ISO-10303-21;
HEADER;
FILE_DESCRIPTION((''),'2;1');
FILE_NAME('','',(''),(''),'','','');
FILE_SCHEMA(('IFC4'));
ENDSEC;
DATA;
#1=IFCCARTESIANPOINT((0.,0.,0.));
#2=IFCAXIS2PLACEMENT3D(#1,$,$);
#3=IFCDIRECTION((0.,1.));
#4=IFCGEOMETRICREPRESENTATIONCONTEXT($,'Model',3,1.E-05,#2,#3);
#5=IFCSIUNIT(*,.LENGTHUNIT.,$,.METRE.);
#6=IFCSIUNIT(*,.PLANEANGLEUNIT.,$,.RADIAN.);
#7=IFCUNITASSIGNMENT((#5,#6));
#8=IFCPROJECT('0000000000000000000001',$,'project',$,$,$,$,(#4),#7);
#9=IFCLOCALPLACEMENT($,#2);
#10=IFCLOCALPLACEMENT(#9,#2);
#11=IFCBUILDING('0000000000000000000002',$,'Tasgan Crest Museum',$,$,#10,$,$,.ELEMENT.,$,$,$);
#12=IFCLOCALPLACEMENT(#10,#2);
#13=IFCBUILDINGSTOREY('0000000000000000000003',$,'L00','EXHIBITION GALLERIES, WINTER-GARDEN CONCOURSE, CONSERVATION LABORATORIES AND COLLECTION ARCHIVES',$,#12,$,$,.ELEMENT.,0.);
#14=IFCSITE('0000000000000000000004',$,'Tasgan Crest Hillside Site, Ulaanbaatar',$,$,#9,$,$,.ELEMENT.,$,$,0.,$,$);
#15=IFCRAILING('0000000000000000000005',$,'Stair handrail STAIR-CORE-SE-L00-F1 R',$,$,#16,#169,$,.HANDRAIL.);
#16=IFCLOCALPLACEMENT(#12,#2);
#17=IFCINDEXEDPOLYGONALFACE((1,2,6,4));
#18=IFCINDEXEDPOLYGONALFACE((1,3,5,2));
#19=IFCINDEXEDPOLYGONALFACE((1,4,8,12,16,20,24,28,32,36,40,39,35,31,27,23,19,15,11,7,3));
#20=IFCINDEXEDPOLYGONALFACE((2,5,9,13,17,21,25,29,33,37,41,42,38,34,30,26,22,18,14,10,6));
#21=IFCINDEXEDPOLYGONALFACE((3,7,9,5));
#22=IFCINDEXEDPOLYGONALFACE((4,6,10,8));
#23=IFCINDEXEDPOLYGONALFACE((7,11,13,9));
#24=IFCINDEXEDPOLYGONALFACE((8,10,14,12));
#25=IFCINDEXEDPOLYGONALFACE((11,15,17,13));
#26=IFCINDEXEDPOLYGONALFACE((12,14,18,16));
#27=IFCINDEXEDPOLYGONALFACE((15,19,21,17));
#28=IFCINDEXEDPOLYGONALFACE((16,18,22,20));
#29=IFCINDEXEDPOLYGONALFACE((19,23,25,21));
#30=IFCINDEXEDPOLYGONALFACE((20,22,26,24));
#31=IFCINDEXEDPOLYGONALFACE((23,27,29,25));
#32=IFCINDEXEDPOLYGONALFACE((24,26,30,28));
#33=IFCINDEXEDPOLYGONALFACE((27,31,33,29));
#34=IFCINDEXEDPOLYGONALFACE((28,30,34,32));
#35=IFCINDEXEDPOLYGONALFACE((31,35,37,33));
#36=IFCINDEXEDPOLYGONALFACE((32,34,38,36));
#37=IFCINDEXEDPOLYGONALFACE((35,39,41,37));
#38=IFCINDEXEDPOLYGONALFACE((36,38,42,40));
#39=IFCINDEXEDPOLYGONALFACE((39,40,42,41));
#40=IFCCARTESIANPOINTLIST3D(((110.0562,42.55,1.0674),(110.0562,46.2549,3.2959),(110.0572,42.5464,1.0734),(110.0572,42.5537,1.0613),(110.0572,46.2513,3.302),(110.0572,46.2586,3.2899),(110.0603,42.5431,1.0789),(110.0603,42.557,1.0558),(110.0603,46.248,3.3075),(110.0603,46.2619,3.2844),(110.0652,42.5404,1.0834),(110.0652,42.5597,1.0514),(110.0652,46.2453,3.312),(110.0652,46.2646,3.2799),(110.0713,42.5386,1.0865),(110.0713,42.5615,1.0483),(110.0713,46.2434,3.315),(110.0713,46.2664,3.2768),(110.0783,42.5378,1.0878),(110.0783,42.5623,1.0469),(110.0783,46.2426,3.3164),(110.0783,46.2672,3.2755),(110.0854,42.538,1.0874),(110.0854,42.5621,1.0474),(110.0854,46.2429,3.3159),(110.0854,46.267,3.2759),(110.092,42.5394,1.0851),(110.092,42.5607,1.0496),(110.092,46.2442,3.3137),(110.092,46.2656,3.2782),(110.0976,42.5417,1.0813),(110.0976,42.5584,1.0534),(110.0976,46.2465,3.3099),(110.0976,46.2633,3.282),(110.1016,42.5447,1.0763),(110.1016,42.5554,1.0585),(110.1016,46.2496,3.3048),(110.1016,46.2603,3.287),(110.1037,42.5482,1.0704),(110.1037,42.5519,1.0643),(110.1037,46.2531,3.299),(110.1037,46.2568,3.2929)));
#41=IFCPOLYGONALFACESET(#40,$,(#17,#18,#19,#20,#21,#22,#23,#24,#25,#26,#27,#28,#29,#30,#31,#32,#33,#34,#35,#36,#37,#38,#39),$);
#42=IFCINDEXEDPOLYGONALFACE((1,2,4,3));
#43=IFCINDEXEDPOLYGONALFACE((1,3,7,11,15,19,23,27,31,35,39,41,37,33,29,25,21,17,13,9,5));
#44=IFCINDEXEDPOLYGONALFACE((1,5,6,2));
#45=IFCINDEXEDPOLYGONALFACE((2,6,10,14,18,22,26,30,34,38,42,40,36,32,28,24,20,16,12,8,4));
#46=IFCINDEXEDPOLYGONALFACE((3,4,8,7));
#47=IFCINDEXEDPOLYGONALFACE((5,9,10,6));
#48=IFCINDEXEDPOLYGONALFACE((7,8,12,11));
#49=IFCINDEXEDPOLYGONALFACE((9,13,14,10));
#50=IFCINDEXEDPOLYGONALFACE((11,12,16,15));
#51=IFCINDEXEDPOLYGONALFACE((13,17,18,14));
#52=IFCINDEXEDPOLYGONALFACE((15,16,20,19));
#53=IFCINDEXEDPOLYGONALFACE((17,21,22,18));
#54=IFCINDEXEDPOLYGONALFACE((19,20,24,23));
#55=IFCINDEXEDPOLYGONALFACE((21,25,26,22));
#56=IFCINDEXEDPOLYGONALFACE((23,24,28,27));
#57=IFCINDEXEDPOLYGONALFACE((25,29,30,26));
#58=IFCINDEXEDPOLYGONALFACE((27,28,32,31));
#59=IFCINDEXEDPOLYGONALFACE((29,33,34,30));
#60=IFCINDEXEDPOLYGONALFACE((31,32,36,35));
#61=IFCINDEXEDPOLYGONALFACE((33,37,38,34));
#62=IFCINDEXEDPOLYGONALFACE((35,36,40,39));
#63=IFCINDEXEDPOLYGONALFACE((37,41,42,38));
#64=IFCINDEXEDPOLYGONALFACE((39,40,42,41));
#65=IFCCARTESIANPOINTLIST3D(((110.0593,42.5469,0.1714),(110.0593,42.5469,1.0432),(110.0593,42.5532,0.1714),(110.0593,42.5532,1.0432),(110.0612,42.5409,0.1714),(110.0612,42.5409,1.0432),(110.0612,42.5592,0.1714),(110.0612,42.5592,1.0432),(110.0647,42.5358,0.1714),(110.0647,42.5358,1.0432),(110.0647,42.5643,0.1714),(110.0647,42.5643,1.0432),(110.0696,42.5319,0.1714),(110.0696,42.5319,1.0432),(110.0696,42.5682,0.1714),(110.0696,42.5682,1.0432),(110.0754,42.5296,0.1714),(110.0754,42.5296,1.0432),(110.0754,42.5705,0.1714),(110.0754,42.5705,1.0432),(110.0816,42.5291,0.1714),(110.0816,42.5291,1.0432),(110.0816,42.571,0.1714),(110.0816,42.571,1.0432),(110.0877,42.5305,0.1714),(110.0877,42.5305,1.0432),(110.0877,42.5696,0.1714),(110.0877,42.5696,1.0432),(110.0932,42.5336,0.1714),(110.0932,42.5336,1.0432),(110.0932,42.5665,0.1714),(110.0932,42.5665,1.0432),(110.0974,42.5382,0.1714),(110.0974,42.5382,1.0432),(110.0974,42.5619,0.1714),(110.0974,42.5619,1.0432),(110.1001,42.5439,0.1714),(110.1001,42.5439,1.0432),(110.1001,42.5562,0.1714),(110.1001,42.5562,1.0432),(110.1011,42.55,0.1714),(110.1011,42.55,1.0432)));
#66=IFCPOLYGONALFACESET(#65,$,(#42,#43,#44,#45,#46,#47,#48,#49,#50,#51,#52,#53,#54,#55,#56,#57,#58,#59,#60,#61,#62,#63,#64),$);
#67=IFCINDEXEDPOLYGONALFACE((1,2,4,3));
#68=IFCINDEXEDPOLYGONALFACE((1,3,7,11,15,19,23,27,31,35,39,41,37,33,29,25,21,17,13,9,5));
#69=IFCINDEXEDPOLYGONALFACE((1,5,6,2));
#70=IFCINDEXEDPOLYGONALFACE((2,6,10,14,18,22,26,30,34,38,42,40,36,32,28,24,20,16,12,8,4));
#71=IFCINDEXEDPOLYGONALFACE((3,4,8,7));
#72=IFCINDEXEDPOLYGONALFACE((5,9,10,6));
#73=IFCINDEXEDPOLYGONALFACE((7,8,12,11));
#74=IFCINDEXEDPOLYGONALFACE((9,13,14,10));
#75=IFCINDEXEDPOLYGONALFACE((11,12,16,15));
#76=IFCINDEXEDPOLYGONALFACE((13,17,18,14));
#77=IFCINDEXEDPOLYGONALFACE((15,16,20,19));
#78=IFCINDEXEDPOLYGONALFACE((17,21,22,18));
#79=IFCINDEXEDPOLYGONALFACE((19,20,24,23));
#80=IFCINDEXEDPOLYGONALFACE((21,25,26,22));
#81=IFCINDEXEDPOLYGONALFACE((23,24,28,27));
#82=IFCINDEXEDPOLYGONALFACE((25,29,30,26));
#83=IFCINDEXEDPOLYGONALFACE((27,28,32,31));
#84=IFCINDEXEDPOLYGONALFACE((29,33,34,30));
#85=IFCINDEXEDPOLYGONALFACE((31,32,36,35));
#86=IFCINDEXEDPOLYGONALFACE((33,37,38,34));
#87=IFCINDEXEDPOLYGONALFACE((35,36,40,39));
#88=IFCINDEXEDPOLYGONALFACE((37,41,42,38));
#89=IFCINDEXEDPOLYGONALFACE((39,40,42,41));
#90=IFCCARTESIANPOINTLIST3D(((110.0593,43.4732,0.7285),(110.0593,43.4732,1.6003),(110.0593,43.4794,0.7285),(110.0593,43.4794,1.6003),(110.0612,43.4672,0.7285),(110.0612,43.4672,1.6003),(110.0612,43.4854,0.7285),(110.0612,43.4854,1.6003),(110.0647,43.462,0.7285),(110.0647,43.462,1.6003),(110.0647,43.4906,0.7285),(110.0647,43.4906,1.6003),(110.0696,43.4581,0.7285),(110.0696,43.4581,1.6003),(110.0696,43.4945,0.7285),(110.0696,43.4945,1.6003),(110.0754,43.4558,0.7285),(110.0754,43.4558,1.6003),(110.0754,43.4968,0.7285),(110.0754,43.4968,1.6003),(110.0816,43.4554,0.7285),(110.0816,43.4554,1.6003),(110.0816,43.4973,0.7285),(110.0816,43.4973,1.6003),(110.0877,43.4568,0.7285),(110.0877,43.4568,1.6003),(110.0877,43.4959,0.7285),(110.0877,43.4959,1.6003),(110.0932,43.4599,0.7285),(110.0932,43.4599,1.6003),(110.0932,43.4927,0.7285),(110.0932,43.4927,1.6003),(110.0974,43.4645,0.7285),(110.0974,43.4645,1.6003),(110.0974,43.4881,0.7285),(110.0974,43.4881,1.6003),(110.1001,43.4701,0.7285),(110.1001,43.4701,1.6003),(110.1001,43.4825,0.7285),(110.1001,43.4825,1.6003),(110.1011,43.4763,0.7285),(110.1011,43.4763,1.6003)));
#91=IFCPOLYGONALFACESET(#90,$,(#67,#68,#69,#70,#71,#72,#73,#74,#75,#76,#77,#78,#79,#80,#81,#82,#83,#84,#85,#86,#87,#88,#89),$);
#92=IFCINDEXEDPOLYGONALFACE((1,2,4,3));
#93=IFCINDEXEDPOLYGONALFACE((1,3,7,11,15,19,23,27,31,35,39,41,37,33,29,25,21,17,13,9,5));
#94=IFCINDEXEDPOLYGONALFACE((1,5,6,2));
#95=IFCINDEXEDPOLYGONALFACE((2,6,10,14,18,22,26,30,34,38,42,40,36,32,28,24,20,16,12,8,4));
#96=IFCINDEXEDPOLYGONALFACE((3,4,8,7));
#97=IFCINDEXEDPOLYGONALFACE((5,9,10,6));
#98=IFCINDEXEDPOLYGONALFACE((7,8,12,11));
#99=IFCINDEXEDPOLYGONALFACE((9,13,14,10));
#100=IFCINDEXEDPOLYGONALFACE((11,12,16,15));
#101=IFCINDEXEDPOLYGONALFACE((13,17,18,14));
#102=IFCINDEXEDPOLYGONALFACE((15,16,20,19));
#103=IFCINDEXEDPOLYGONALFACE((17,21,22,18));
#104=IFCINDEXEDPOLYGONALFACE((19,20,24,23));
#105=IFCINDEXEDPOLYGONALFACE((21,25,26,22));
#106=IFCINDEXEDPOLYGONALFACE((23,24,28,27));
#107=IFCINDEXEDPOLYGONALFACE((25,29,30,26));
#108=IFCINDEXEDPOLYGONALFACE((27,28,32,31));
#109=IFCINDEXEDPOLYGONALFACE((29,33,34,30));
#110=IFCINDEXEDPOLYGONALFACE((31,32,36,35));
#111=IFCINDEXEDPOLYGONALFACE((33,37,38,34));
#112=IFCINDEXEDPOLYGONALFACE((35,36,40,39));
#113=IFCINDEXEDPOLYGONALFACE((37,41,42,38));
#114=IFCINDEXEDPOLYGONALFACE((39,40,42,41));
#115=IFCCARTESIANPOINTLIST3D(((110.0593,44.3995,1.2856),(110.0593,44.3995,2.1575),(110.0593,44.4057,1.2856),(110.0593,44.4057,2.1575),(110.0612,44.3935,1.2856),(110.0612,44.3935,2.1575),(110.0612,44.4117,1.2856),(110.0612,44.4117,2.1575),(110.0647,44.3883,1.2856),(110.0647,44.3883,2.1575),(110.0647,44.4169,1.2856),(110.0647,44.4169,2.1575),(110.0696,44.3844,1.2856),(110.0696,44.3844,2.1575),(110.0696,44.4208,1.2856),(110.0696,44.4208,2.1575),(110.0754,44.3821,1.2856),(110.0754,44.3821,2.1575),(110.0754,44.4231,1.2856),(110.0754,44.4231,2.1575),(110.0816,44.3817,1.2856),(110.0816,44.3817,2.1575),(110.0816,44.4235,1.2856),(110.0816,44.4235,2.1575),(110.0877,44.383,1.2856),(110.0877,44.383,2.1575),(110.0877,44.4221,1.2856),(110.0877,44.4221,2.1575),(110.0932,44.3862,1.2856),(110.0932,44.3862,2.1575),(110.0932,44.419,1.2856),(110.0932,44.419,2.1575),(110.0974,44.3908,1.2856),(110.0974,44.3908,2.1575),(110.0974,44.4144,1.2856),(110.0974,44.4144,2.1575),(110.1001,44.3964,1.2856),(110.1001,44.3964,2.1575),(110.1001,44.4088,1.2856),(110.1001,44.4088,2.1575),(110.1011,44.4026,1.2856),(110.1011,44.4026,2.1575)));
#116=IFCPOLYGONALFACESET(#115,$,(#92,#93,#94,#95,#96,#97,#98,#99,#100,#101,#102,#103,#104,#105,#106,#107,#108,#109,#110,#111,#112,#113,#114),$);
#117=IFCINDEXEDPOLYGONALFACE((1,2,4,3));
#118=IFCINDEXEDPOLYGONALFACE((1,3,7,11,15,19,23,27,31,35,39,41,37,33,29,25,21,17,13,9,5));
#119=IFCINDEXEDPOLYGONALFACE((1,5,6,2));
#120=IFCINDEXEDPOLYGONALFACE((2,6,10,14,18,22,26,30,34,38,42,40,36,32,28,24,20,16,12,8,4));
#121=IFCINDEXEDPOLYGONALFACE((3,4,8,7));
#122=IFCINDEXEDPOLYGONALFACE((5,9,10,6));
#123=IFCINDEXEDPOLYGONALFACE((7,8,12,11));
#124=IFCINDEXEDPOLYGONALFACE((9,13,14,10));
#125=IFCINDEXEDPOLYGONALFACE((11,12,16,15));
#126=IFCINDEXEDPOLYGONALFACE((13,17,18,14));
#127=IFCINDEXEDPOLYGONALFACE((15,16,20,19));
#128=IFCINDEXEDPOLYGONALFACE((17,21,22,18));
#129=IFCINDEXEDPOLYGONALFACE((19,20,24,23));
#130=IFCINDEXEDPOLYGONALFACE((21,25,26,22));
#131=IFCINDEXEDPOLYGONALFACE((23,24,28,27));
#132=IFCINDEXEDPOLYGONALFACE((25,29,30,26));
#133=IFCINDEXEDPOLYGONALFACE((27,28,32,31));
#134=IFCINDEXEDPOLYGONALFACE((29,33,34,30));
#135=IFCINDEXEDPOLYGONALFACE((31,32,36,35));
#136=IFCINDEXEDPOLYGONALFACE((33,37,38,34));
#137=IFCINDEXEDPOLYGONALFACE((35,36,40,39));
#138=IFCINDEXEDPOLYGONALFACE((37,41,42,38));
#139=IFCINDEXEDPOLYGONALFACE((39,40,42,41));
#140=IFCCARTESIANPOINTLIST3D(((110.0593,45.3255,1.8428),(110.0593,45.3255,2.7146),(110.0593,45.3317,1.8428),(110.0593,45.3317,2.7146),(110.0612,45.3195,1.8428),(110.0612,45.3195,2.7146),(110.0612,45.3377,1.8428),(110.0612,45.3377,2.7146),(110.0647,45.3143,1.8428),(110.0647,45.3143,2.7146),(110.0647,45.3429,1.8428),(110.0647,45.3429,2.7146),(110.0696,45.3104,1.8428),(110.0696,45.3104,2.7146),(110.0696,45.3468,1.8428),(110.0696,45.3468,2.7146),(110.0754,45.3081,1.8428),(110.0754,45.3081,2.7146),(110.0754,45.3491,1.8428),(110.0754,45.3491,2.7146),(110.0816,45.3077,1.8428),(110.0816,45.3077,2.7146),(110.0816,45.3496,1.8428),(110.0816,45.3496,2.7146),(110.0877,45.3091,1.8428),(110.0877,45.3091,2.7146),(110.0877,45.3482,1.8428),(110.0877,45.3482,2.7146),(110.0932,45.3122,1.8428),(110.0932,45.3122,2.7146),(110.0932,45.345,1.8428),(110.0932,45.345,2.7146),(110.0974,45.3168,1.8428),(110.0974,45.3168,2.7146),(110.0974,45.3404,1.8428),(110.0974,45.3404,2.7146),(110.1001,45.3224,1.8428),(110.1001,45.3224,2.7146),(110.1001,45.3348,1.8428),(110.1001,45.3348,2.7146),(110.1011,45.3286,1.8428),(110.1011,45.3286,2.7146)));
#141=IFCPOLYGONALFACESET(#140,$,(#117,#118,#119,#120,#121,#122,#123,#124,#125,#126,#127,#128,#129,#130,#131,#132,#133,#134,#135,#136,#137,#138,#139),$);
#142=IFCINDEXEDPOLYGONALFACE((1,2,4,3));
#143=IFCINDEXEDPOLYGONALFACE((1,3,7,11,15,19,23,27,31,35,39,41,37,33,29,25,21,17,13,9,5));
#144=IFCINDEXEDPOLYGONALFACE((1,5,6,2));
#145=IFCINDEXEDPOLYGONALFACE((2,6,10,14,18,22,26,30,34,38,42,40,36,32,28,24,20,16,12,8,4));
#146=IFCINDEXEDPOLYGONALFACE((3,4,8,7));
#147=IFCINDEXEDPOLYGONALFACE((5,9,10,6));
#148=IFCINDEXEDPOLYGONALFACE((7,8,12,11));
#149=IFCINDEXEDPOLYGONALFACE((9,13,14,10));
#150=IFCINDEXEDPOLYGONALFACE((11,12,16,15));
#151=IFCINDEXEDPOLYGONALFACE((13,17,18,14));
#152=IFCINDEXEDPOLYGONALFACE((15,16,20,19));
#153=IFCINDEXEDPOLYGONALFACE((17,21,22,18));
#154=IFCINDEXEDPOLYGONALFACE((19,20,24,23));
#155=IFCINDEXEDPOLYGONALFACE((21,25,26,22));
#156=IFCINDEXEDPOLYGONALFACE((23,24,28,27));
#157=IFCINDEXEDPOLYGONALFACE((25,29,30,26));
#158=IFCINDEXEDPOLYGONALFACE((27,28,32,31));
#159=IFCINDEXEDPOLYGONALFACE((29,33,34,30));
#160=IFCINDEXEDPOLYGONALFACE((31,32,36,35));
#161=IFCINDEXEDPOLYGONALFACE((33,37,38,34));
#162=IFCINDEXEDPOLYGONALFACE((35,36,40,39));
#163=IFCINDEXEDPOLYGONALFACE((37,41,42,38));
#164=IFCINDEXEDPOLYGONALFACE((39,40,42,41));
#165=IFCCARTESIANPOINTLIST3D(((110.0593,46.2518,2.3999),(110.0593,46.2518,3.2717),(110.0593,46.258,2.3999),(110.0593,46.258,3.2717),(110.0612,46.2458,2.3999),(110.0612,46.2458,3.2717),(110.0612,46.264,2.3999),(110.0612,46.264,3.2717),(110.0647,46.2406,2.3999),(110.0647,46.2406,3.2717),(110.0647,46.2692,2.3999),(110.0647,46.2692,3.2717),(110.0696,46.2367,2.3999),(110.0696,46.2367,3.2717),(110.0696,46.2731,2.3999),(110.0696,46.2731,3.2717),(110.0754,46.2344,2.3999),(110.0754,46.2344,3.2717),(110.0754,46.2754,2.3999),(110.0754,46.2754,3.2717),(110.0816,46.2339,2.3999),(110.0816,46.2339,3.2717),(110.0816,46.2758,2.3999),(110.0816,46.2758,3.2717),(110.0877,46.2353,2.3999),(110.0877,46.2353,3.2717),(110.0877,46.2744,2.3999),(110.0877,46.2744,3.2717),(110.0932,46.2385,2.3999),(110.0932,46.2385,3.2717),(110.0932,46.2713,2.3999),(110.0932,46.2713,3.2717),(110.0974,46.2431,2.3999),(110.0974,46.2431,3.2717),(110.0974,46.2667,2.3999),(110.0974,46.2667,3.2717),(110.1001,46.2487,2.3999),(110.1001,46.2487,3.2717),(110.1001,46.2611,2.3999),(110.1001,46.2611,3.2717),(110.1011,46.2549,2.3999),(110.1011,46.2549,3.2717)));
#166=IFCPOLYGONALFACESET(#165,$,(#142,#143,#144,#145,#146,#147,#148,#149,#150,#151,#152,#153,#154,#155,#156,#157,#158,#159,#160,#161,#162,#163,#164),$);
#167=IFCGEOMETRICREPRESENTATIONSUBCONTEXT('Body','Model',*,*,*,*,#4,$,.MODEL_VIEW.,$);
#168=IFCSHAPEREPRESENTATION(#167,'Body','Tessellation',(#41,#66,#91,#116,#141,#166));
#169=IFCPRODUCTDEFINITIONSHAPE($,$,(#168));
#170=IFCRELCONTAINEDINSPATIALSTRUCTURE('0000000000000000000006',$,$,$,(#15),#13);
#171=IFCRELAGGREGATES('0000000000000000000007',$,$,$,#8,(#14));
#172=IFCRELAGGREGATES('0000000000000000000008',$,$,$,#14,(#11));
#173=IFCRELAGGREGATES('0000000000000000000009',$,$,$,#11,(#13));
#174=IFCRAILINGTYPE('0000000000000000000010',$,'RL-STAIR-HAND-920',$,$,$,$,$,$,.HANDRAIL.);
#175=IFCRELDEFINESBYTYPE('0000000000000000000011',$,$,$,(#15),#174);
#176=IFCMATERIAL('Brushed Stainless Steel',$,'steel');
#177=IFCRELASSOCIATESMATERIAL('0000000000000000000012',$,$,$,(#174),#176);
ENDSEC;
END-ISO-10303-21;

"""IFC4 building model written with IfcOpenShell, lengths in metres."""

from ifc_helpers import new_model, si_unit, direction, frame, origin, origin_2d, place, context, subcontext, project, spatial, circle, extrude, material, type_object, element, save


model = new_model("IFC4")

# Units and contexts
model_context = context("Model", 3, precision=1e-05, world=origin(), true_north=direction((0.0, 1.0)))
body_context = subcontext(model_context, "Body", "Model", "MODEL_VIEW")
ifc_project = project(units=[si_unit("LENGTHUNIT", "METRE"), si_unit("PLANEANGLEUNIT", "RADIAN")], contexts=[model_context])

# Site, building, storey
site_placement = place(None, origin())
site = spatial("IfcSite", under=ifc_project, at=site_placement, Name="Tasgan Crest Hillside Site, Ulaanbaatar", CompositionType="ELEMENT", RefElevation=0.0)
building_placement = place(site_placement, origin())
building = spatial("IfcBuilding", under=site, at=building_placement, Name="Tasgan Crest Museum", CompositionType="ELEMENT")
storey_placement = place(building_placement, origin())
storey = spatial("IfcBuildingStorey", under=building, at=storey_placement, Name="L00", Description="EXHIBITION GALLERIES, WINTER-GARDEN CONCOURSE, CONSERVATION LABORATORIES AND COLLECTION ARCHIVES", CompositionType="ELEMENT", Elevation=0.0)

# Railing
ifc_material_1 = material(Name="Brushed Stainless Steel", Category="steel")
railing_type_1 = type_object("IfcRailingType", Name="RL-STAIR-HAND-920", PredefinedType="HANDRAIL", material=ifc_material_1)
for number, where, name in (
    (1, (110.0801, 42.55, 0.1714), "Stair handrail STAIR-CORE-SE-L00-F1 R"),
):
    element("IfcRailing", number, at=place(storey_placement, frame(where)), inside=storey, type_object=railing_type_1, Name=name, PredefinedType="HANDRAIL", context=body_context, shape_type="SweptSolid", body=[
        extrude(circle(Radius=0.0239, at=origin_2d()), frame((0.0, 0.0, 0.896), z_axis=(0.0, 0.856919, 0.51545), x_axis=(-1.0, 0.0, 0.0)), (0.0, 0.0, 1.0), 4.3235),
        extrude(circle(Radius=0.021, at=origin_2d()), origin(), (0.0, 0.0, 1.0), 0.8718),
        extrude(circle(Radius=0.021, at=origin_2d()), frame((0.0, 0.9263, 0.5571)), (0.0, 0.0, 1.0), 0.8718),
        extrude(circle(Radius=0.021, at=origin_2d()), frame((0.0, 1.8525, 1.1143)), (0.0, 0.0, 1.0), 0.8718),
        extrude(circle(Radius=0.021, at=origin_2d()), frame((0.0, 2.7786, 1.6714)), (0.0, 0.0, 1.0), 0.8718),
        extrude(circle(Radius=0.021, at=origin_2d()), frame((0.0, 3.7048, 2.2285)), (0.0, 0.0, 1.0), 0.8718),
    ])

save(model, "model.ifc")
